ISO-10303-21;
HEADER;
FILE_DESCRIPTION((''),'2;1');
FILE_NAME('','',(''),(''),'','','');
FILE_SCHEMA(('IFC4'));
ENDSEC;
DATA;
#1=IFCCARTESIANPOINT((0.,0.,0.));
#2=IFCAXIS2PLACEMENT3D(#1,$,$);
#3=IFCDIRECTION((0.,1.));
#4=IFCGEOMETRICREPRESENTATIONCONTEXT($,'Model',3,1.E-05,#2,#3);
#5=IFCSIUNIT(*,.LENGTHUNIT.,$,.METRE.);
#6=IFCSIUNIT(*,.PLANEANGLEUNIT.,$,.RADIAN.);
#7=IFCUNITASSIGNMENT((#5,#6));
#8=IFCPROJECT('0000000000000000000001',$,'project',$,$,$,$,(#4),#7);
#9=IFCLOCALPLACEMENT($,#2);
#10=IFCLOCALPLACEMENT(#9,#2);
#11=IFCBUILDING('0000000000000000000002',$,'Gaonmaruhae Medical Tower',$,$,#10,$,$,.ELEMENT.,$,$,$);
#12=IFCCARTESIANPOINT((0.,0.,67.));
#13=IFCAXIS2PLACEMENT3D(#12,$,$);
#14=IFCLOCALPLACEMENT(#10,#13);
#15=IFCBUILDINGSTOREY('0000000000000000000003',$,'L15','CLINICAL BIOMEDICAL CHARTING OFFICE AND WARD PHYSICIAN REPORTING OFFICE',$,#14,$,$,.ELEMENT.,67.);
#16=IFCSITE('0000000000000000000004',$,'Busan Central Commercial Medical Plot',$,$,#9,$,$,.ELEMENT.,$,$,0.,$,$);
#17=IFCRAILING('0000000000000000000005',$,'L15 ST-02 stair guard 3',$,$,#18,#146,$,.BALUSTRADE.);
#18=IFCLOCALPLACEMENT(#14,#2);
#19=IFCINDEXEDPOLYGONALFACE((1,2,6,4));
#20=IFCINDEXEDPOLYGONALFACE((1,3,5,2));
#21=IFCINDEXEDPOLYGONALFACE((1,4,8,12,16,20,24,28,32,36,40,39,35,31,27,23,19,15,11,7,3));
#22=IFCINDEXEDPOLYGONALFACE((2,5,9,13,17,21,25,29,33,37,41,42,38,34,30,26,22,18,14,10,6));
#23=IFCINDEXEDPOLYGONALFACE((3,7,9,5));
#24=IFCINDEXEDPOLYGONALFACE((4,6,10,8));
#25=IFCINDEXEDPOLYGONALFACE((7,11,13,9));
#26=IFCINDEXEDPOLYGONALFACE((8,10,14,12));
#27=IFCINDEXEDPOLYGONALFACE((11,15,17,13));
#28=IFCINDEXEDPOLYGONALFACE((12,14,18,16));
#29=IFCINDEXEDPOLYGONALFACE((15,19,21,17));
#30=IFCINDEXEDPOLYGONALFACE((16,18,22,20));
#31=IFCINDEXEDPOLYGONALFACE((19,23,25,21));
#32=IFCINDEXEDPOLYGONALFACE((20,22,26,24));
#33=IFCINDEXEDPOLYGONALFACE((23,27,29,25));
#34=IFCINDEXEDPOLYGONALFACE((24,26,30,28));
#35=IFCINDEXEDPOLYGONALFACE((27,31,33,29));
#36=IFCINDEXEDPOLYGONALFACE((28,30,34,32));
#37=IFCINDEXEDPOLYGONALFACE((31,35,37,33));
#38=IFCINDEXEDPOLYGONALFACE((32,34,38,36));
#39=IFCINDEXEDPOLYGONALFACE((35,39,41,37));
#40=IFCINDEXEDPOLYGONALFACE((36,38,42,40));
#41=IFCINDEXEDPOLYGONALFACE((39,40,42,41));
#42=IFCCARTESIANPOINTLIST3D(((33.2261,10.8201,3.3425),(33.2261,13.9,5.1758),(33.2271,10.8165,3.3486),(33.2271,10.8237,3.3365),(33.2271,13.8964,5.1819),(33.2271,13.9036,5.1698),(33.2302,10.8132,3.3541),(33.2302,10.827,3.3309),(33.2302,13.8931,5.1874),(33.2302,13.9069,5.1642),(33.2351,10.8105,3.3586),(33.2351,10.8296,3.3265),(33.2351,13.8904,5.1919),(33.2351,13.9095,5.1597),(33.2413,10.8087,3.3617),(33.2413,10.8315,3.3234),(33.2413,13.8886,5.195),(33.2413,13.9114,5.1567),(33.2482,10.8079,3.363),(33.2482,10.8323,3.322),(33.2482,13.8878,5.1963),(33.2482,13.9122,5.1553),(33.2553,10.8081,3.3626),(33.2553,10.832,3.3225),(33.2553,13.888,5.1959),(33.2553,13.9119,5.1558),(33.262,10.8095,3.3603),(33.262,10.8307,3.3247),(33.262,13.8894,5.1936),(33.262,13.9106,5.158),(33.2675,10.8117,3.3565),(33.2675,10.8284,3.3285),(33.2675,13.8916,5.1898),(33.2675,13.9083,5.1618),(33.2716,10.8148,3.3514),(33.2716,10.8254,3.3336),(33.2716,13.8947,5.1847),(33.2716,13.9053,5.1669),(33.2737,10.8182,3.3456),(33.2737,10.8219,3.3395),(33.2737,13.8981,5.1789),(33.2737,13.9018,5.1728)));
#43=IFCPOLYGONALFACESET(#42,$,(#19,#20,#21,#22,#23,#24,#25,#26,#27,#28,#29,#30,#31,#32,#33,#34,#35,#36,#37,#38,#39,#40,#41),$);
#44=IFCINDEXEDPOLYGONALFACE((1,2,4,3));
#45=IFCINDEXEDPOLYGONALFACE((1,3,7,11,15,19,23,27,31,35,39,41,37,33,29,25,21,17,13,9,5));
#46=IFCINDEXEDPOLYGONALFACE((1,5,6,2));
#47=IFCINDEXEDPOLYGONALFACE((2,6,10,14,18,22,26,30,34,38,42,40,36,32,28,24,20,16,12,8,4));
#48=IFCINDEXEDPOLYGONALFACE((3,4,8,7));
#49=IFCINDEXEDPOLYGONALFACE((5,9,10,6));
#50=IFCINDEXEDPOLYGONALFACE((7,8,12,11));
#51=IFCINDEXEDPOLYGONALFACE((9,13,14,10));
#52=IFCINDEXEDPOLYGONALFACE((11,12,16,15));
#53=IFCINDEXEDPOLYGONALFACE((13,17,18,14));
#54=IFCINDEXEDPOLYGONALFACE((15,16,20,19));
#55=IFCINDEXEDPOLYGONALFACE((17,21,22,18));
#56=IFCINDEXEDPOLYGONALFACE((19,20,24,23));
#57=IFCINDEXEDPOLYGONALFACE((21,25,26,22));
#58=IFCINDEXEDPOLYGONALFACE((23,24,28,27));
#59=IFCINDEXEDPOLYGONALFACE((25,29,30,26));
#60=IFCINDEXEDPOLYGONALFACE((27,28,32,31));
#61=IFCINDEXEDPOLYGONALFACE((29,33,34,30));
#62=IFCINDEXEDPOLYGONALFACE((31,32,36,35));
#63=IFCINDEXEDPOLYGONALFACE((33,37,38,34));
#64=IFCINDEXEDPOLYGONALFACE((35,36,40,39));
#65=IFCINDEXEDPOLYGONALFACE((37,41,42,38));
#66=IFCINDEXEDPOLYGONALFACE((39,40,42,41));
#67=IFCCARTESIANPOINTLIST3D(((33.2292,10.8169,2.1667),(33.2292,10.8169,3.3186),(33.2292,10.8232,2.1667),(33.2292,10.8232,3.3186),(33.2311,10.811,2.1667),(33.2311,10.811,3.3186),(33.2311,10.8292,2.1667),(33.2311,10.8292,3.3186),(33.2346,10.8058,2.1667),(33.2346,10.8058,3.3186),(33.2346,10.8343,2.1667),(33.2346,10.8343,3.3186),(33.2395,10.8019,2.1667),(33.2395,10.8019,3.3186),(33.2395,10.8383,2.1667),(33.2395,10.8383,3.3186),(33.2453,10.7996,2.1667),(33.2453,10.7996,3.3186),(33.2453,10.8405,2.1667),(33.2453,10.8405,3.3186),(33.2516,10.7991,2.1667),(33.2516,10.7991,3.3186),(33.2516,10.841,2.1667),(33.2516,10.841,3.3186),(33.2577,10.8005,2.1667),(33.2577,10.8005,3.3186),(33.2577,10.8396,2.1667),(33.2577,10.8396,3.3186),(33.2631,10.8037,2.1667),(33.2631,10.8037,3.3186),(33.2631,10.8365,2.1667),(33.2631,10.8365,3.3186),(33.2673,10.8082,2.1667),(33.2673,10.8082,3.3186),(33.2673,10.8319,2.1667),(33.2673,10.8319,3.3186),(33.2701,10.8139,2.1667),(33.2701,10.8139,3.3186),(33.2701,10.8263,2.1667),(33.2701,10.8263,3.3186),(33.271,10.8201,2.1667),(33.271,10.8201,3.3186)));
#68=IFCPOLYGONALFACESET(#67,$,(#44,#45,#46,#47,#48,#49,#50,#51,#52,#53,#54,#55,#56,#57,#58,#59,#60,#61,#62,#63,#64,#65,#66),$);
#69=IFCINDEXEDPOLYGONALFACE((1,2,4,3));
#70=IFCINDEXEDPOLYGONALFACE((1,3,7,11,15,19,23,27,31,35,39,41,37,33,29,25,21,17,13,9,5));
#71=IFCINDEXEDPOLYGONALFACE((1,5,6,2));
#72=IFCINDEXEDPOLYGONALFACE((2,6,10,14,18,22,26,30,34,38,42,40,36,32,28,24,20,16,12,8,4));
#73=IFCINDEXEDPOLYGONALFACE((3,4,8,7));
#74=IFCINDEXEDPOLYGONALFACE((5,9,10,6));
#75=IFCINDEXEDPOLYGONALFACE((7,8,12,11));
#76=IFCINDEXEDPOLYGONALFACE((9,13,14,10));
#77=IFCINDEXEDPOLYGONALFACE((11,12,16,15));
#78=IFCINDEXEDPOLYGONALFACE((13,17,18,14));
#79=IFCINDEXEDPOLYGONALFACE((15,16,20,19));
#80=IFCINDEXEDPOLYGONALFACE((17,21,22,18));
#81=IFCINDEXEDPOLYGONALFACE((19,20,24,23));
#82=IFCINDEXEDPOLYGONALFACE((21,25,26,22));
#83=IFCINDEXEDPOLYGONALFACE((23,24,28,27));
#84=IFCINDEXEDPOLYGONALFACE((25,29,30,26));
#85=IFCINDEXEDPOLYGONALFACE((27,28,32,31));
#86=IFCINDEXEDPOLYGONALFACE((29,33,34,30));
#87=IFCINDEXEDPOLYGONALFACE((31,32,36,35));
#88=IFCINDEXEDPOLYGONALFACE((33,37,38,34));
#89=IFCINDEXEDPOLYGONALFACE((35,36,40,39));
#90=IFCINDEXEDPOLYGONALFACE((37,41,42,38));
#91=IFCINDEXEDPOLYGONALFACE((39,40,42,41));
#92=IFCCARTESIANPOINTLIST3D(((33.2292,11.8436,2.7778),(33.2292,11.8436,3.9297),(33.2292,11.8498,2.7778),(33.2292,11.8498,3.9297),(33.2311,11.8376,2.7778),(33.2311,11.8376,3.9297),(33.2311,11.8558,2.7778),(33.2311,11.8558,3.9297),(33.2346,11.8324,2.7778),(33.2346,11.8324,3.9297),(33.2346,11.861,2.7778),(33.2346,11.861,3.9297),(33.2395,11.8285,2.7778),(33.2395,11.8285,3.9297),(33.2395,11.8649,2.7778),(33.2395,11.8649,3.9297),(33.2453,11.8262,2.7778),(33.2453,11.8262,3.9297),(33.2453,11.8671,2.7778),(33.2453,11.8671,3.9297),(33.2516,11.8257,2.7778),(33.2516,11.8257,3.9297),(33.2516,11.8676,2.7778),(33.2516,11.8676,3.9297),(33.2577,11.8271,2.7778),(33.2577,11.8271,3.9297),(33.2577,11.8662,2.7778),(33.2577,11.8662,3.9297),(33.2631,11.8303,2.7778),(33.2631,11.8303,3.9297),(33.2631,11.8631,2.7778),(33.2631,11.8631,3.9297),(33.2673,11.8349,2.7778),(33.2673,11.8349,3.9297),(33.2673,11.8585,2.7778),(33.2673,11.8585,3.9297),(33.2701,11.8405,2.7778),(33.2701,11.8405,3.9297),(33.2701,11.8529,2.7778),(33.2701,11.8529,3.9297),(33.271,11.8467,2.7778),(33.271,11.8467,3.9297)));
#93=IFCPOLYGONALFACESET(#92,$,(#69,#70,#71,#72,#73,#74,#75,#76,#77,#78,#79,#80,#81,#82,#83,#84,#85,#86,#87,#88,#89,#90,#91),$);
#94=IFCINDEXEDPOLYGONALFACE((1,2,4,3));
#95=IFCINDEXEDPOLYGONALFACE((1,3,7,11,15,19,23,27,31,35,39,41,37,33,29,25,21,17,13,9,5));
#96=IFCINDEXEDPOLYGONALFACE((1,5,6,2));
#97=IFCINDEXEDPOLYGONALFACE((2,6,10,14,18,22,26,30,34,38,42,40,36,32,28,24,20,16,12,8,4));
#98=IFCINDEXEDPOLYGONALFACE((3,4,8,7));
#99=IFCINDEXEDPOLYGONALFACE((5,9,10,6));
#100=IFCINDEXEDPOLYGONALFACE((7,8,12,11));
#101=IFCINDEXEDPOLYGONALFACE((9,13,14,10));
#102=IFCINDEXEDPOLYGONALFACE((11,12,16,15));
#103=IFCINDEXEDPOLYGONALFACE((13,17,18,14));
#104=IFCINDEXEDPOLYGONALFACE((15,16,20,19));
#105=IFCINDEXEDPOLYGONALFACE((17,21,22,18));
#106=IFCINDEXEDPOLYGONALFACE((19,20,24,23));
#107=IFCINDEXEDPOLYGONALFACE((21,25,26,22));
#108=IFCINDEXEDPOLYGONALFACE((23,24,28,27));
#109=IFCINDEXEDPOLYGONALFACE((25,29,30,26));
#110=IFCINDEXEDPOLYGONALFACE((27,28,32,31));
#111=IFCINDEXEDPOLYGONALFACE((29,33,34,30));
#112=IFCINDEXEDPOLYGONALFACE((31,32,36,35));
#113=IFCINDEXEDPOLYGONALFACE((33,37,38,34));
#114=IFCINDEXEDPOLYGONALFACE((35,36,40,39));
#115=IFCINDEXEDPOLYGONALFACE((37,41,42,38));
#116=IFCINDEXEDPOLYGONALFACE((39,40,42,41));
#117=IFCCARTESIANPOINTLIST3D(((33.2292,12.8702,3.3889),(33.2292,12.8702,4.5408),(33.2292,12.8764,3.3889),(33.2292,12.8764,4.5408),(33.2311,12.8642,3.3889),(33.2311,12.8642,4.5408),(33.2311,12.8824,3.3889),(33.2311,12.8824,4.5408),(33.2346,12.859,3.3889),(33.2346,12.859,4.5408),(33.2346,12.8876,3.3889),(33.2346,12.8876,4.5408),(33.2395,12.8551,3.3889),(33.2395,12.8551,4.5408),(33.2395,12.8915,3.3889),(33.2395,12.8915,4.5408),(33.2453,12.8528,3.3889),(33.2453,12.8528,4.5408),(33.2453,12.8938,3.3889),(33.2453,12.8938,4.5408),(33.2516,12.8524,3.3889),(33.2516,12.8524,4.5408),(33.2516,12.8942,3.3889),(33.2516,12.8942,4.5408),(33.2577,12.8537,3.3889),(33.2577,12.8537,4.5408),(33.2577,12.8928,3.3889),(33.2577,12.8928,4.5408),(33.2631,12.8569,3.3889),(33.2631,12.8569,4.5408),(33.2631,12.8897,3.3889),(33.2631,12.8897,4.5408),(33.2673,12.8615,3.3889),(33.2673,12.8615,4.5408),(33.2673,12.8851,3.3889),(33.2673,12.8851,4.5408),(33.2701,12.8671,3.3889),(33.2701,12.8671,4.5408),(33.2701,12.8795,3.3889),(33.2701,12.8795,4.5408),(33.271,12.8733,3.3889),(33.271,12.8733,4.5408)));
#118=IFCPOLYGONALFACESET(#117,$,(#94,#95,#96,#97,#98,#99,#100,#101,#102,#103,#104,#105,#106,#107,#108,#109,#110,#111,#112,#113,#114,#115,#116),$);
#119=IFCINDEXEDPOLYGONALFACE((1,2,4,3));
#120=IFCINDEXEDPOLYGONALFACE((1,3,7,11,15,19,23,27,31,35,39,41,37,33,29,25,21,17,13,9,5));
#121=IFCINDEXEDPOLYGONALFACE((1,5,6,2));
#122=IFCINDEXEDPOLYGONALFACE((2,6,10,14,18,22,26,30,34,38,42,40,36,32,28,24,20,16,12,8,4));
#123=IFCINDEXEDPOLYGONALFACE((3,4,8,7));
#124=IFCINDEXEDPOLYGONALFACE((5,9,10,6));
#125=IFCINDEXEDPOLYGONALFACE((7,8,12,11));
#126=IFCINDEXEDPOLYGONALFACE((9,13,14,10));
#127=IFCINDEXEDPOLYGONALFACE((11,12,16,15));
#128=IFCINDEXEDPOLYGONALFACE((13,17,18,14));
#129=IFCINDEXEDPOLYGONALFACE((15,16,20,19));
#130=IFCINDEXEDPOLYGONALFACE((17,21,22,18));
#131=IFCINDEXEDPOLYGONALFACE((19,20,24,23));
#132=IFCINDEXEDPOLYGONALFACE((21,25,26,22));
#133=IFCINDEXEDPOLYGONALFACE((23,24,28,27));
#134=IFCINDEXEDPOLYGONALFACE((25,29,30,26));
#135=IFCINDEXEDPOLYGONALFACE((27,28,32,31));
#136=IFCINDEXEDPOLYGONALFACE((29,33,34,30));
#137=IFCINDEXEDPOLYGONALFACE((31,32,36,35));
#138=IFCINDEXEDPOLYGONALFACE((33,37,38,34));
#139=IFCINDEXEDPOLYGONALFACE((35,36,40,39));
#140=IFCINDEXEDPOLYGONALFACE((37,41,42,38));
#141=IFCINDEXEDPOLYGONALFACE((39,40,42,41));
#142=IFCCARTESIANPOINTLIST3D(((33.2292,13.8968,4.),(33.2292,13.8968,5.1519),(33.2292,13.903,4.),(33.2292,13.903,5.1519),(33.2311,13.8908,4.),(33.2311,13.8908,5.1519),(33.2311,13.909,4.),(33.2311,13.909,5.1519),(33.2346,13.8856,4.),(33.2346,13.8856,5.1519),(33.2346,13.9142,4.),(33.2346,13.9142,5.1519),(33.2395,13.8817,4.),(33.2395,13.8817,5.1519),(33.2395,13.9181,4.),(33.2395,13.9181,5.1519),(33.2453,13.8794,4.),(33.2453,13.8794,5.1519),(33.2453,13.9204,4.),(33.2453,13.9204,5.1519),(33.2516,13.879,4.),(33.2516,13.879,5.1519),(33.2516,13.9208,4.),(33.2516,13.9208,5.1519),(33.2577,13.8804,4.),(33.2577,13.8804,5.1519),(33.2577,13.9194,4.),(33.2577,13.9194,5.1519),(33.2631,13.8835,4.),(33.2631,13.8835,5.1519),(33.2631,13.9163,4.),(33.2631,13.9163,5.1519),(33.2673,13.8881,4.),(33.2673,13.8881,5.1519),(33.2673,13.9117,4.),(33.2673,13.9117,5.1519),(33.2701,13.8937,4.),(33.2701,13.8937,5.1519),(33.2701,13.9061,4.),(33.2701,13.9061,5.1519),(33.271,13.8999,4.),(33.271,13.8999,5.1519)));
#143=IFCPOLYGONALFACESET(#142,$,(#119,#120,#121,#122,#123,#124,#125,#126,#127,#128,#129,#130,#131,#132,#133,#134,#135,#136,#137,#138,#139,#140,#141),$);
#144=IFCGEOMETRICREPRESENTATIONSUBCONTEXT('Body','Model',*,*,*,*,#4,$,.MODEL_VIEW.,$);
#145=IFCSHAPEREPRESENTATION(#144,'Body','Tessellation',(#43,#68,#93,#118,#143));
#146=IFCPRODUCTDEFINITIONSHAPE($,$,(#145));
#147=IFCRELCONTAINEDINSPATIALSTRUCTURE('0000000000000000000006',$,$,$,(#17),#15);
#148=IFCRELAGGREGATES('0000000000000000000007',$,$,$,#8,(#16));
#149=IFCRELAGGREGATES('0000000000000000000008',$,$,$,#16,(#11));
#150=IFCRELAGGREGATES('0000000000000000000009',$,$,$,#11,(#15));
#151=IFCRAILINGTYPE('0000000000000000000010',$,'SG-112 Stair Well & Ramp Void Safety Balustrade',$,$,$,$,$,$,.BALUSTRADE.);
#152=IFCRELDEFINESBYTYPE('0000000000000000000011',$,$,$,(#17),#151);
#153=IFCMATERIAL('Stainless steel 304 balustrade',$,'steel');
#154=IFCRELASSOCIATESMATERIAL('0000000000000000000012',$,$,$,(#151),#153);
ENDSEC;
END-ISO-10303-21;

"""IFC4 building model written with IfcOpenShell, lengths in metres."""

from ifc_helpers import new_model, si_unit, direction, frame, origin, origin_2d, place, context, subcontext, project, spatial, circle, extrude, material, type_object, element, save


model = new_model("IFC4")

# Units and contexts
model_context = context("Model", 3, precision=1e-05, world=origin(), true_north=direction((0.0, 1.0)))
body_context = subcontext(model_context, "Body", "Model", "MODEL_VIEW")
ifc_project = project(units=[si_unit("LENGTHUNIT", "METRE"), si_unit("PLANEANGLEUNIT", "RADIAN")], contexts=[model_context])

# Site, building, storey
site_placement = place(None, origin())
site = spatial("IfcSite", under=ifc_project, at=site_placement, Name="Busan Central Commercial Medical Plot", CompositionType="ELEMENT", RefElevation=0.0)
building_placement = place(site_placement, origin())
building = spatial("IfcBuilding", under=site, at=building_placement, Name="Gaonmaruhae Medical Tower", CompositionType="ELEMENT")
storey_placement = place(building_placement, frame((0.0, 0.0, 67.0)))
storey = spatial("IfcBuildingStorey", under=building, at=storey_placement, Name="L15", Description="CLINICAL BIOMEDICAL CHARTING OFFICE AND WARD PHYSICIAN REPORTING OFFICE", CompositionType="ELEMENT", Elevation=67.0)

# Railing
ifc_material_1 = material(Name="Stainless steel 304 balustrade", Category="steel")
railing_type_1 = type_object("IfcRailingType", Name="SG-112 Stair Well & Ramp Void Safety Balustrade", PredefinedType="BALUSTRADE", material=ifc_material_1)
railing_1_placement = place(storey_placement, frame((33.25, 10.8201, 2.1667)))
element("IfcRailing", 1, at=railing_1_placement, inside=storey, type_object=railing_type_1, Name="L15 ST-02 stair guard 3", PredefinedType="BALUSTRADE", context=body_context, shape_type="SweptSolid", body=[
    extrude(circle(Radius=0.0239, at=origin_2d()), frame((0.0, 0.0, 1.1758), z_axis=(0.0, 0.859291, 0.511487), x_axis=(-1.0, 0.0, 0.0)), (0.0, 0.0, 1.0), 3.5842),
    extrude(circle(Radius=0.021, at=origin_2d()), origin(), (0.0, 0.0, 1.0), 1.1519),
    extrude(circle(Radius=0.021, at=origin_2d()), frame((0.0, 1.0266, 0.6111)), (0.0, 0.0, 1.0), 1.1519),
    extrude(circle(Radius=0.021, at=origin_2d()), frame((0.0, 2.0532, 1.2222)), (0.0, 0.0, 1.0), 1.1519),
    extrude(circle(Radius=0.021, at=origin_2d()), frame((0.0, 3.0798, 1.8333)), (0.0, 0.0, 1.0), 1.1519),
])

save(model, "model.ifc")
